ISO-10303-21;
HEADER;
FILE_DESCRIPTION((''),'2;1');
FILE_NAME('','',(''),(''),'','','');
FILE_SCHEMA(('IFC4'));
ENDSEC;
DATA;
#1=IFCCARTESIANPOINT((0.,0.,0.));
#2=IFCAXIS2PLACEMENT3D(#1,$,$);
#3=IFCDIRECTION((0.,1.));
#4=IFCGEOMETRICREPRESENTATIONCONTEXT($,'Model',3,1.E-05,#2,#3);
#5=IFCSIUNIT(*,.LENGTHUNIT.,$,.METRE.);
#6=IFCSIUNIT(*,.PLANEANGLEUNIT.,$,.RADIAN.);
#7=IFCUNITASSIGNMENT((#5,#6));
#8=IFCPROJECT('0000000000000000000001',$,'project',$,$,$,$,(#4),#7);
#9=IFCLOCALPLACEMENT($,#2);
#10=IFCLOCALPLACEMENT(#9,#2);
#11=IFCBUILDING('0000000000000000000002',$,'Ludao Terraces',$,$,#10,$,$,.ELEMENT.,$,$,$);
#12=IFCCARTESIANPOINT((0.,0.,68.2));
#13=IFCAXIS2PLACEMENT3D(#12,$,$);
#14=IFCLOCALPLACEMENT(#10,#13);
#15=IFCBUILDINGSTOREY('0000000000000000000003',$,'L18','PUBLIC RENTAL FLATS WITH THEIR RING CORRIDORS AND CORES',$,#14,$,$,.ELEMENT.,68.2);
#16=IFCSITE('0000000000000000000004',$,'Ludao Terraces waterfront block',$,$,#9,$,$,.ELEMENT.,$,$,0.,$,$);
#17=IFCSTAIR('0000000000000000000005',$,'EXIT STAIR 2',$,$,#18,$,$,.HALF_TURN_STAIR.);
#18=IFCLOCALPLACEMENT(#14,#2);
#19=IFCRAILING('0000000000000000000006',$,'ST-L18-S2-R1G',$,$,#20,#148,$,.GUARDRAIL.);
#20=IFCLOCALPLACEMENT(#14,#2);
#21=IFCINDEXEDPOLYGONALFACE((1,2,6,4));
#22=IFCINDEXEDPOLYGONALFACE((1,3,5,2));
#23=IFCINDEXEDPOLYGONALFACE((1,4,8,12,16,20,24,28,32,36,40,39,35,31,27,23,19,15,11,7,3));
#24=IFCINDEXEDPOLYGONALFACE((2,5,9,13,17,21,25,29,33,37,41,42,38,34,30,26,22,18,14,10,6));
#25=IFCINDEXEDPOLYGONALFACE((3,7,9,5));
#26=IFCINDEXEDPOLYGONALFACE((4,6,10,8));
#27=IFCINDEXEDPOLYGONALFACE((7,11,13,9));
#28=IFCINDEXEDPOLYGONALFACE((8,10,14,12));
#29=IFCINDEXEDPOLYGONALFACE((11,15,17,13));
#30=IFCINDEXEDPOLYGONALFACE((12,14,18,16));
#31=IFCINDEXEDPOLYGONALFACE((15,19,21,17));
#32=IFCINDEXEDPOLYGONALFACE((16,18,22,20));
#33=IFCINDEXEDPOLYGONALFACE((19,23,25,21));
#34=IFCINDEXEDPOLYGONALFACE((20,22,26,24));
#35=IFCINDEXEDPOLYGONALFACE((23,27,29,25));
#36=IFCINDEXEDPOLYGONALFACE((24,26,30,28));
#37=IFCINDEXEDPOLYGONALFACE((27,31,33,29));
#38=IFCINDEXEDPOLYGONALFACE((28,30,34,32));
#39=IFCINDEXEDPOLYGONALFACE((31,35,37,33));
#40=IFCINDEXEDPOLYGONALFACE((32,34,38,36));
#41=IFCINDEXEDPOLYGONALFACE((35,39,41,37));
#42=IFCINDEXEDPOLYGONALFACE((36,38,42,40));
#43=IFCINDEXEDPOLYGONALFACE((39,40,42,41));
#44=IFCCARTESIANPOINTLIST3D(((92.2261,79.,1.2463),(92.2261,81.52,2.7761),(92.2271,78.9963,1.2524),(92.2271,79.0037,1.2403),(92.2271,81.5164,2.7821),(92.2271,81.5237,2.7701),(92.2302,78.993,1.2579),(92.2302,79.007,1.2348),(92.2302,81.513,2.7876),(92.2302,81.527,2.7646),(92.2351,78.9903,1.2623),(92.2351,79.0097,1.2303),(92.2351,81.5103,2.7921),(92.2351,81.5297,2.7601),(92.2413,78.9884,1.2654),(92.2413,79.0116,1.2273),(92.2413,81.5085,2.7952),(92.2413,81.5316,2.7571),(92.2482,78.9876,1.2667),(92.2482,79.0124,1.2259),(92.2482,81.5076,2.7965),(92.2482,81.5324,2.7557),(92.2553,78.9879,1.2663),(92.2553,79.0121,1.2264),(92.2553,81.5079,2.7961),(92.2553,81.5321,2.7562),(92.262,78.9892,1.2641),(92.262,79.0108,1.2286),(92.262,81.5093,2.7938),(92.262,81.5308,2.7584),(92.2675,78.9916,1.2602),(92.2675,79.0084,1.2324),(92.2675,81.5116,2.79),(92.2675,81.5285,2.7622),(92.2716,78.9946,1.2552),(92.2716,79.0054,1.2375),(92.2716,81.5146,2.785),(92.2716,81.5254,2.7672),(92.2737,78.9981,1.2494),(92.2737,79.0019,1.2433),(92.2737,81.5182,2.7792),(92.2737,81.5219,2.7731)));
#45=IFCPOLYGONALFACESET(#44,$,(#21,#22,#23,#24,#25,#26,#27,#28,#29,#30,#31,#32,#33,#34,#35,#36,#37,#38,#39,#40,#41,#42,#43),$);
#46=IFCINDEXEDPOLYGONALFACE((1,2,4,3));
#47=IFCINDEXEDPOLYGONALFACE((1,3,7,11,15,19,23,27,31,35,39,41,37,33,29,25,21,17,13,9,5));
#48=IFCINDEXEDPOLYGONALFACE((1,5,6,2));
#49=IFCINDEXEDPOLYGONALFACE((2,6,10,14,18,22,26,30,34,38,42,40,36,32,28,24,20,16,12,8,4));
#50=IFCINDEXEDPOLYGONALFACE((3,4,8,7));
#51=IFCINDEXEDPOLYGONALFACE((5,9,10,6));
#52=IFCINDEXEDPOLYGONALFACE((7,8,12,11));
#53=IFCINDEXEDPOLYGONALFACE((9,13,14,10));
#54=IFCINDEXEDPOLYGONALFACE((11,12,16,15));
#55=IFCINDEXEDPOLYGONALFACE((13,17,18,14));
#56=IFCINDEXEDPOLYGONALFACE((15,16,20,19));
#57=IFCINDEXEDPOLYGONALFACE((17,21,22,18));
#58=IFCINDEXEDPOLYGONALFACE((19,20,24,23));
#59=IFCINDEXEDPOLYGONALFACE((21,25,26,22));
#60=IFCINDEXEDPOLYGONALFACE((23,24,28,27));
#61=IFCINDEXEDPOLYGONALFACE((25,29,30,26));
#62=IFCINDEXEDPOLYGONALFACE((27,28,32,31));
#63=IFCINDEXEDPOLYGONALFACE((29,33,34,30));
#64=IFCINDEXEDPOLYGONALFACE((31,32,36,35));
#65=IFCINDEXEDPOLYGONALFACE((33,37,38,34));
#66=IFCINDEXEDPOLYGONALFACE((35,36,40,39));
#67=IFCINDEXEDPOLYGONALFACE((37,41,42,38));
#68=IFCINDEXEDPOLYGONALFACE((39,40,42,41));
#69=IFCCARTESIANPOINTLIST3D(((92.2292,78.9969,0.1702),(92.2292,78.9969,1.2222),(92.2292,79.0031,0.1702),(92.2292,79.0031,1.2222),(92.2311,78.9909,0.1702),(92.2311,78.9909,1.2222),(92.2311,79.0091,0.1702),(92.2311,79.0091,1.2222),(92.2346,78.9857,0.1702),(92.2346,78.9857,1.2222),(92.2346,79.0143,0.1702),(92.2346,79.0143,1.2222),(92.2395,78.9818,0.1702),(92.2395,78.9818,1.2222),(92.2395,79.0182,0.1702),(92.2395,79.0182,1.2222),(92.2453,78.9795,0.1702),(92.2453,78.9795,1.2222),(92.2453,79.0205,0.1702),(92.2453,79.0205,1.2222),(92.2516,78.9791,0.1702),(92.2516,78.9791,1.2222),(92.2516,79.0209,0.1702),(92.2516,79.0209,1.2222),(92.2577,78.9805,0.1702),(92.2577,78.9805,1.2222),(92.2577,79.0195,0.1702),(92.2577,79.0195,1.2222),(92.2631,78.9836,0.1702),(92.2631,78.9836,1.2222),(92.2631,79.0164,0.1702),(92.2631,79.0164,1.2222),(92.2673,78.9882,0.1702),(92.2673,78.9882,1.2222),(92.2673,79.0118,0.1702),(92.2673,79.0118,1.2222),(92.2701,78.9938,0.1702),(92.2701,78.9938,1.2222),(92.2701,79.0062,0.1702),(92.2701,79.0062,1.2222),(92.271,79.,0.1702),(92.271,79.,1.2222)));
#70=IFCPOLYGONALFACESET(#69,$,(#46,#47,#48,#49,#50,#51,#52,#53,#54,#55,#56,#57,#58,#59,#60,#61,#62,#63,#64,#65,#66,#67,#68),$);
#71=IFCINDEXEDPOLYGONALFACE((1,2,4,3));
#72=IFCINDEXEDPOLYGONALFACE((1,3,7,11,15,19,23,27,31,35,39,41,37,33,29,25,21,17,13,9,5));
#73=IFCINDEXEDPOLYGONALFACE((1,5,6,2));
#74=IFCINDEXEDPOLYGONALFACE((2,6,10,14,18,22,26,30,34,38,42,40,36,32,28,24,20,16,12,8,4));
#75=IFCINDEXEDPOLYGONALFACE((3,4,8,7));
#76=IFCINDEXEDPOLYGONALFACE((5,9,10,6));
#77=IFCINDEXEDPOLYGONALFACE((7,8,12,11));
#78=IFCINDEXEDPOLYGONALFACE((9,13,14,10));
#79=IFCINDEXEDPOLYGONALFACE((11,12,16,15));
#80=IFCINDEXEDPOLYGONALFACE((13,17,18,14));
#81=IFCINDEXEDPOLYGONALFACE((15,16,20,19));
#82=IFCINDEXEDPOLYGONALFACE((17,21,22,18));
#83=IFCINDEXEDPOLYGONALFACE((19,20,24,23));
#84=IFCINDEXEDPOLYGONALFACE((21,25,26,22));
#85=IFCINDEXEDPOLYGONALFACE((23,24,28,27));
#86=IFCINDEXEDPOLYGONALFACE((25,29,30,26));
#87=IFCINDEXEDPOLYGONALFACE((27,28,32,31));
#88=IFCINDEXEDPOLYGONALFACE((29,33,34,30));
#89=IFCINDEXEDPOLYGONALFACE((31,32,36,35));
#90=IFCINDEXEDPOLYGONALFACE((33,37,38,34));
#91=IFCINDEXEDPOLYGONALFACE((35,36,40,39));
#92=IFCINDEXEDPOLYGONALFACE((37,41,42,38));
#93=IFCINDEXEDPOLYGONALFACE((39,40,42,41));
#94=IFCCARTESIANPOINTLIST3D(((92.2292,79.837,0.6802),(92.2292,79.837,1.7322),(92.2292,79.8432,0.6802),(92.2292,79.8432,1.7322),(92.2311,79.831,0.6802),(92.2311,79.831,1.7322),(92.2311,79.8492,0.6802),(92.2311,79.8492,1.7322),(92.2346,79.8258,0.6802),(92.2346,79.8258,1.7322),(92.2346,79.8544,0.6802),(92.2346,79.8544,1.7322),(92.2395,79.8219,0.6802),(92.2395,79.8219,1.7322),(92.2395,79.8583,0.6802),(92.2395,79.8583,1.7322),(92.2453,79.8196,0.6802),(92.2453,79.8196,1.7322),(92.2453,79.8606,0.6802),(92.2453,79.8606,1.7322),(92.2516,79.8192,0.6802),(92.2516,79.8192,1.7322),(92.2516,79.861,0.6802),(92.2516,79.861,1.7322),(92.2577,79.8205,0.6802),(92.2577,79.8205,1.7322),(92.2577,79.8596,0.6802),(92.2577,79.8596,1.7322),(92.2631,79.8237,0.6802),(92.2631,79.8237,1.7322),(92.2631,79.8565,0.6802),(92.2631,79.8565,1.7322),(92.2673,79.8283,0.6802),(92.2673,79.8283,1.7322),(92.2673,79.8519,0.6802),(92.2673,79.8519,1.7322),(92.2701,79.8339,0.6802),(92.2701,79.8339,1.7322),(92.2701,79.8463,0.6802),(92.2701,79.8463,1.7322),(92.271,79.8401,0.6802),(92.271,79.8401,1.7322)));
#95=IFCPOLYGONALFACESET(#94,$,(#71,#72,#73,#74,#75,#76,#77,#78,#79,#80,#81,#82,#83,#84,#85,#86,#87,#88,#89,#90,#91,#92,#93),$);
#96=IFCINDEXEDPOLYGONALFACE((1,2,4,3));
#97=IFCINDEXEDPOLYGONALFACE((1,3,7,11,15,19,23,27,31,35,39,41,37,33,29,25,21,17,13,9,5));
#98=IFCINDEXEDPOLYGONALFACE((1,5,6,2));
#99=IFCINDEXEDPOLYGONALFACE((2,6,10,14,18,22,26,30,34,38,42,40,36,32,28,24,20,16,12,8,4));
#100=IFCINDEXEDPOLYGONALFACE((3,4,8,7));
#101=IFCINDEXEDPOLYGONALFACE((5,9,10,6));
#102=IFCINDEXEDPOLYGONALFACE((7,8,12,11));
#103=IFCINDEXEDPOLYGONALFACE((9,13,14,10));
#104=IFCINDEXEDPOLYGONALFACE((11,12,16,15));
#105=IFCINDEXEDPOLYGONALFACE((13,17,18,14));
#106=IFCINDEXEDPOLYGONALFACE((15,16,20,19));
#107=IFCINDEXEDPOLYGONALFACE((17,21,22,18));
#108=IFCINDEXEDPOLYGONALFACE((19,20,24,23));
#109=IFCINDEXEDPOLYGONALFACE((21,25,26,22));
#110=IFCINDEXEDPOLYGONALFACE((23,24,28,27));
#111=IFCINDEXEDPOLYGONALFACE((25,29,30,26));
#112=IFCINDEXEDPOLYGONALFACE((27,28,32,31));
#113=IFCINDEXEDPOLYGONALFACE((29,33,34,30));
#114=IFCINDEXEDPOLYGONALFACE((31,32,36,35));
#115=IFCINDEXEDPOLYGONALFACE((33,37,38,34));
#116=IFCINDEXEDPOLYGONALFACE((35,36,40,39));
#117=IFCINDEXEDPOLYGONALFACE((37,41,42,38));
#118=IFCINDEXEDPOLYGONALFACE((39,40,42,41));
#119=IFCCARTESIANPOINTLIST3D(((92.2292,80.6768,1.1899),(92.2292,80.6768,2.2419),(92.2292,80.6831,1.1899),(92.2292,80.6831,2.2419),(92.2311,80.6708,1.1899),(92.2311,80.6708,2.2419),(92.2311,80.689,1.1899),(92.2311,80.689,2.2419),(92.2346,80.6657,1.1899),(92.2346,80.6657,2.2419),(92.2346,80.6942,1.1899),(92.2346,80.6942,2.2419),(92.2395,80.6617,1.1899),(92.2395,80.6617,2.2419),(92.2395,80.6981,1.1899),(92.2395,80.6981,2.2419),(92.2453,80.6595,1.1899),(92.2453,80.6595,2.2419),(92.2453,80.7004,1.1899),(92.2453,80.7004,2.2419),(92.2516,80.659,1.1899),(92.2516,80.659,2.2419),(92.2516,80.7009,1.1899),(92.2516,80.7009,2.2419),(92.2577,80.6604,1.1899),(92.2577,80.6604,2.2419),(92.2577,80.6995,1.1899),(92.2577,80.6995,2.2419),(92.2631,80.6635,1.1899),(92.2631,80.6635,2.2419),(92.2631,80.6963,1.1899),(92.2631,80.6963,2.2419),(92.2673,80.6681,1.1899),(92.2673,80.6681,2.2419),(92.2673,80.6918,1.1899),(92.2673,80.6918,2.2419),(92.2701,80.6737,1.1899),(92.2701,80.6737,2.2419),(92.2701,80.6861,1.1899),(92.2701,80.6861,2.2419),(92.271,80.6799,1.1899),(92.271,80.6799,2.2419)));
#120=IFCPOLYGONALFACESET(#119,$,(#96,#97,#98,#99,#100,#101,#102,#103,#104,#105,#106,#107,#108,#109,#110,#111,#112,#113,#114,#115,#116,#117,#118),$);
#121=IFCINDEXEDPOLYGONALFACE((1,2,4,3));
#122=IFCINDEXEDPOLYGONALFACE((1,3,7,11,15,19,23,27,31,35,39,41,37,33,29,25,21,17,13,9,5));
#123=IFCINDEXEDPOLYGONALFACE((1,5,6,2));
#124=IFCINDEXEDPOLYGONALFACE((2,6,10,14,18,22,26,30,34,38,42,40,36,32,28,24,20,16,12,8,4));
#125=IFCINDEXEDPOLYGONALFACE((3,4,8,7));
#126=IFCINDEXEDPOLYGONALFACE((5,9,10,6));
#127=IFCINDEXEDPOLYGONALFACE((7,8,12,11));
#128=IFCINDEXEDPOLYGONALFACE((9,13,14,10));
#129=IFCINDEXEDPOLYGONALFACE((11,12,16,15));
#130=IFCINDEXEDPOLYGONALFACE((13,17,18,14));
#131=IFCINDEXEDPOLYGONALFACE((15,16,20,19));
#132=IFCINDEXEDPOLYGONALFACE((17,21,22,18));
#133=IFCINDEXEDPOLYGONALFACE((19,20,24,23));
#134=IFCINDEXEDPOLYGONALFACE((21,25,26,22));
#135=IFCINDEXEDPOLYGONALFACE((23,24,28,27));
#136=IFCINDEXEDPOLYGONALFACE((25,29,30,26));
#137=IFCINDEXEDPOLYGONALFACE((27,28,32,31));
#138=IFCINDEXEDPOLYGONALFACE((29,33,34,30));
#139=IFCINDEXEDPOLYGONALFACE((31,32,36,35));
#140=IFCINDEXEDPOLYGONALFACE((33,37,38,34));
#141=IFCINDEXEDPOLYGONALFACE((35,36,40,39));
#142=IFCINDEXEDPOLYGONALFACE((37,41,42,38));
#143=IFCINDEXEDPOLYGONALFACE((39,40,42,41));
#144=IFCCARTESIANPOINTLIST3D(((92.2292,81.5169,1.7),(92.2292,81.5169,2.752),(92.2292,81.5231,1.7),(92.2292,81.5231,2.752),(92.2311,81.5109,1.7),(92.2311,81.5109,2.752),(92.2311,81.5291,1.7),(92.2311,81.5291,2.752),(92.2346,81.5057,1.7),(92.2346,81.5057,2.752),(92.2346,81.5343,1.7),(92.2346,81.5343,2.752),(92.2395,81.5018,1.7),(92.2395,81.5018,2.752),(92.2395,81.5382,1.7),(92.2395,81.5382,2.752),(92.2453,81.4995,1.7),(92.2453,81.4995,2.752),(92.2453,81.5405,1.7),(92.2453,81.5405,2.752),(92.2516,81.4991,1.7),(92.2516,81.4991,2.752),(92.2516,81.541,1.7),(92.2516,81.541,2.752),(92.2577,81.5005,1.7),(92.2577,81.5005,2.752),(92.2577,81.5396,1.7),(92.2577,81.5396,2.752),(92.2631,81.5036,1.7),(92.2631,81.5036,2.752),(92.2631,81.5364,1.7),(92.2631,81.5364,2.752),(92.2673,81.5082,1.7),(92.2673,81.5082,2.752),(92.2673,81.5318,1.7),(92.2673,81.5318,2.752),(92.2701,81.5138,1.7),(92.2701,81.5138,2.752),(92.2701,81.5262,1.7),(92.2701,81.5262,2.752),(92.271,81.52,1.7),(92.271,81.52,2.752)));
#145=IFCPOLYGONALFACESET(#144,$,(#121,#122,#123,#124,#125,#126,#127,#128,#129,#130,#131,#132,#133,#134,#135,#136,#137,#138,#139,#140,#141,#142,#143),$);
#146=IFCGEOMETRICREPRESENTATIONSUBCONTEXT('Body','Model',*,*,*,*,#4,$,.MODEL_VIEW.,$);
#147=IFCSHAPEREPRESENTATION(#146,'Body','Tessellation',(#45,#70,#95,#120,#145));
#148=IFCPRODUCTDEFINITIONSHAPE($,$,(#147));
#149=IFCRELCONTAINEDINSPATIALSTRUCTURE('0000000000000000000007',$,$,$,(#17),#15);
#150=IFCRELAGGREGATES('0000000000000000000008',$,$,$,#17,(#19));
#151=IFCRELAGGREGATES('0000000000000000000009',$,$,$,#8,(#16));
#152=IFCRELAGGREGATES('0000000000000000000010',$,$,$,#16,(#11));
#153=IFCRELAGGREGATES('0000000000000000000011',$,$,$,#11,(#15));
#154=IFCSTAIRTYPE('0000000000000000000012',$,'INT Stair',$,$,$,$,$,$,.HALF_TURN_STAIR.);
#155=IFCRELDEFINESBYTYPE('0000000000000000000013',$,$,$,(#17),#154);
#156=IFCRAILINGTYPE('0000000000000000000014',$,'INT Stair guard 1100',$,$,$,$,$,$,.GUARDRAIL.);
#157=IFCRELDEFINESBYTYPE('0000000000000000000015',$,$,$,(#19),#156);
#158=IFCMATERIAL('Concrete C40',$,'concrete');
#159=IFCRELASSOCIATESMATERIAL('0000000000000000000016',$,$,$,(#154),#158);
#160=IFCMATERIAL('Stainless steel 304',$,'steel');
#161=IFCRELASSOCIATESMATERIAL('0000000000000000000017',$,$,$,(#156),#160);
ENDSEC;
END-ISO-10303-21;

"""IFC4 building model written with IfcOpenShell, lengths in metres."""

from ifc_helpers import new_model, si_unit, direction, frame, origin, origin_2d, place, context, subcontext, project, spatial, circle, extrude, material, type_object, element, aggregate, save


model = new_model("IFC4")

# Units and contexts
model_context = context("Model", 3, precision=1e-05, world=origin(), true_north=direction((0.0, 1.0)))
body_context = subcontext(model_context, "Body", "Model", "MODEL_VIEW")
ifc_project = project(units=[si_unit("LENGTHUNIT", "METRE"), si_unit("PLANEANGLEUNIT", "RADIAN")], contexts=[model_context])

# Site, building, storey
site_placement = place(None, origin())
site = spatial("IfcSite", under=ifc_project, at=site_placement, Name="Ludao Terraces waterfront block", CompositionType="ELEMENT", RefElevation=0.0)
building_placement = place(site_placement, origin())
building = spatial("IfcBuilding", under=site, at=building_placement, Name="Ludao Terraces", CompositionType="ELEMENT")
storey_placement = place(building_placement, frame((0.0, 0.0, 68.2)))
storey = spatial("IfcBuildingStorey", under=building, at=storey_placement, Name="L18", Description="PUBLIC RENTAL FLATS WITH THEIR RING CORRIDORS AND CORES", CompositionType="ELEMENT", Elevation=68.2)

# Stair, railing
ifc_material_1 = material(Name="Concrete C40", Category="concrete")
stair_type = type_object("IfcStairType", Name="INT Stair", PredefinedType="HALF_TURN_STAIR", material=ifc_material_1)
stair_placement = place(storey_placement, origin())
stair = element("IfcStair", 1, at=stair_placement, inside=storey, type_object=stair_type, Name="EXIT STAIR 2", PredefinedType="HALF_TURN_STAIR")
ifc_material_2 = material(Name="Stainless steel 304", Category="steel")
railing_type_1 = type_object("IfcRailingType", Name="INT Stair guard 1100", PredefinedType="GUARDRAIL", material=ifc_material_2)
railing_1_placement = place(storey_placement, frame((92.25, 79.0, 0.1702)))
railing_1 = element("IfcRailing", 2, at=railing_1_placement, type_object=railing_type_1, Name="ST-L18-S2-R1G", PredefinedType="GUARDRAIL", context=body_context, shape_type="SweptSolid", body=[
    extrude(circle(Radius=0.0239, at=origin_2d()), frame((0.0, 0.0, 1.0762), z_axis=(0.0, 0.854822, 0.518922), x_axis=(-1.0, 0.0, 0.0)), (0.0, 0.0, 1.0), 2.948),
    extrude(circle(Radius=0.021, at=origin_2d()), origin(), (0.0, 0.0, 1.0), 1.052),
    extrude(circle(Radius=0.021, at=origin_2d()), frame((0.0, 0.8401, 0.51)), (0.0, 0.0, 1.0), 1.052),
    extrude(circle(Radius=0.021, at=origin_2d()), frame((0.0, 1.6799, 1.0198)), (0.0, 0.0, 1.0), 1.052),
    extrude(circle(Radius=0.021, at=origin_2d()), frame((0.0, 2.52, 1.5298)), (0.0, 0.0, 1.0), 1.052),
])
aggregate(stair, [railing_1])

save(model, "model.ifc")
